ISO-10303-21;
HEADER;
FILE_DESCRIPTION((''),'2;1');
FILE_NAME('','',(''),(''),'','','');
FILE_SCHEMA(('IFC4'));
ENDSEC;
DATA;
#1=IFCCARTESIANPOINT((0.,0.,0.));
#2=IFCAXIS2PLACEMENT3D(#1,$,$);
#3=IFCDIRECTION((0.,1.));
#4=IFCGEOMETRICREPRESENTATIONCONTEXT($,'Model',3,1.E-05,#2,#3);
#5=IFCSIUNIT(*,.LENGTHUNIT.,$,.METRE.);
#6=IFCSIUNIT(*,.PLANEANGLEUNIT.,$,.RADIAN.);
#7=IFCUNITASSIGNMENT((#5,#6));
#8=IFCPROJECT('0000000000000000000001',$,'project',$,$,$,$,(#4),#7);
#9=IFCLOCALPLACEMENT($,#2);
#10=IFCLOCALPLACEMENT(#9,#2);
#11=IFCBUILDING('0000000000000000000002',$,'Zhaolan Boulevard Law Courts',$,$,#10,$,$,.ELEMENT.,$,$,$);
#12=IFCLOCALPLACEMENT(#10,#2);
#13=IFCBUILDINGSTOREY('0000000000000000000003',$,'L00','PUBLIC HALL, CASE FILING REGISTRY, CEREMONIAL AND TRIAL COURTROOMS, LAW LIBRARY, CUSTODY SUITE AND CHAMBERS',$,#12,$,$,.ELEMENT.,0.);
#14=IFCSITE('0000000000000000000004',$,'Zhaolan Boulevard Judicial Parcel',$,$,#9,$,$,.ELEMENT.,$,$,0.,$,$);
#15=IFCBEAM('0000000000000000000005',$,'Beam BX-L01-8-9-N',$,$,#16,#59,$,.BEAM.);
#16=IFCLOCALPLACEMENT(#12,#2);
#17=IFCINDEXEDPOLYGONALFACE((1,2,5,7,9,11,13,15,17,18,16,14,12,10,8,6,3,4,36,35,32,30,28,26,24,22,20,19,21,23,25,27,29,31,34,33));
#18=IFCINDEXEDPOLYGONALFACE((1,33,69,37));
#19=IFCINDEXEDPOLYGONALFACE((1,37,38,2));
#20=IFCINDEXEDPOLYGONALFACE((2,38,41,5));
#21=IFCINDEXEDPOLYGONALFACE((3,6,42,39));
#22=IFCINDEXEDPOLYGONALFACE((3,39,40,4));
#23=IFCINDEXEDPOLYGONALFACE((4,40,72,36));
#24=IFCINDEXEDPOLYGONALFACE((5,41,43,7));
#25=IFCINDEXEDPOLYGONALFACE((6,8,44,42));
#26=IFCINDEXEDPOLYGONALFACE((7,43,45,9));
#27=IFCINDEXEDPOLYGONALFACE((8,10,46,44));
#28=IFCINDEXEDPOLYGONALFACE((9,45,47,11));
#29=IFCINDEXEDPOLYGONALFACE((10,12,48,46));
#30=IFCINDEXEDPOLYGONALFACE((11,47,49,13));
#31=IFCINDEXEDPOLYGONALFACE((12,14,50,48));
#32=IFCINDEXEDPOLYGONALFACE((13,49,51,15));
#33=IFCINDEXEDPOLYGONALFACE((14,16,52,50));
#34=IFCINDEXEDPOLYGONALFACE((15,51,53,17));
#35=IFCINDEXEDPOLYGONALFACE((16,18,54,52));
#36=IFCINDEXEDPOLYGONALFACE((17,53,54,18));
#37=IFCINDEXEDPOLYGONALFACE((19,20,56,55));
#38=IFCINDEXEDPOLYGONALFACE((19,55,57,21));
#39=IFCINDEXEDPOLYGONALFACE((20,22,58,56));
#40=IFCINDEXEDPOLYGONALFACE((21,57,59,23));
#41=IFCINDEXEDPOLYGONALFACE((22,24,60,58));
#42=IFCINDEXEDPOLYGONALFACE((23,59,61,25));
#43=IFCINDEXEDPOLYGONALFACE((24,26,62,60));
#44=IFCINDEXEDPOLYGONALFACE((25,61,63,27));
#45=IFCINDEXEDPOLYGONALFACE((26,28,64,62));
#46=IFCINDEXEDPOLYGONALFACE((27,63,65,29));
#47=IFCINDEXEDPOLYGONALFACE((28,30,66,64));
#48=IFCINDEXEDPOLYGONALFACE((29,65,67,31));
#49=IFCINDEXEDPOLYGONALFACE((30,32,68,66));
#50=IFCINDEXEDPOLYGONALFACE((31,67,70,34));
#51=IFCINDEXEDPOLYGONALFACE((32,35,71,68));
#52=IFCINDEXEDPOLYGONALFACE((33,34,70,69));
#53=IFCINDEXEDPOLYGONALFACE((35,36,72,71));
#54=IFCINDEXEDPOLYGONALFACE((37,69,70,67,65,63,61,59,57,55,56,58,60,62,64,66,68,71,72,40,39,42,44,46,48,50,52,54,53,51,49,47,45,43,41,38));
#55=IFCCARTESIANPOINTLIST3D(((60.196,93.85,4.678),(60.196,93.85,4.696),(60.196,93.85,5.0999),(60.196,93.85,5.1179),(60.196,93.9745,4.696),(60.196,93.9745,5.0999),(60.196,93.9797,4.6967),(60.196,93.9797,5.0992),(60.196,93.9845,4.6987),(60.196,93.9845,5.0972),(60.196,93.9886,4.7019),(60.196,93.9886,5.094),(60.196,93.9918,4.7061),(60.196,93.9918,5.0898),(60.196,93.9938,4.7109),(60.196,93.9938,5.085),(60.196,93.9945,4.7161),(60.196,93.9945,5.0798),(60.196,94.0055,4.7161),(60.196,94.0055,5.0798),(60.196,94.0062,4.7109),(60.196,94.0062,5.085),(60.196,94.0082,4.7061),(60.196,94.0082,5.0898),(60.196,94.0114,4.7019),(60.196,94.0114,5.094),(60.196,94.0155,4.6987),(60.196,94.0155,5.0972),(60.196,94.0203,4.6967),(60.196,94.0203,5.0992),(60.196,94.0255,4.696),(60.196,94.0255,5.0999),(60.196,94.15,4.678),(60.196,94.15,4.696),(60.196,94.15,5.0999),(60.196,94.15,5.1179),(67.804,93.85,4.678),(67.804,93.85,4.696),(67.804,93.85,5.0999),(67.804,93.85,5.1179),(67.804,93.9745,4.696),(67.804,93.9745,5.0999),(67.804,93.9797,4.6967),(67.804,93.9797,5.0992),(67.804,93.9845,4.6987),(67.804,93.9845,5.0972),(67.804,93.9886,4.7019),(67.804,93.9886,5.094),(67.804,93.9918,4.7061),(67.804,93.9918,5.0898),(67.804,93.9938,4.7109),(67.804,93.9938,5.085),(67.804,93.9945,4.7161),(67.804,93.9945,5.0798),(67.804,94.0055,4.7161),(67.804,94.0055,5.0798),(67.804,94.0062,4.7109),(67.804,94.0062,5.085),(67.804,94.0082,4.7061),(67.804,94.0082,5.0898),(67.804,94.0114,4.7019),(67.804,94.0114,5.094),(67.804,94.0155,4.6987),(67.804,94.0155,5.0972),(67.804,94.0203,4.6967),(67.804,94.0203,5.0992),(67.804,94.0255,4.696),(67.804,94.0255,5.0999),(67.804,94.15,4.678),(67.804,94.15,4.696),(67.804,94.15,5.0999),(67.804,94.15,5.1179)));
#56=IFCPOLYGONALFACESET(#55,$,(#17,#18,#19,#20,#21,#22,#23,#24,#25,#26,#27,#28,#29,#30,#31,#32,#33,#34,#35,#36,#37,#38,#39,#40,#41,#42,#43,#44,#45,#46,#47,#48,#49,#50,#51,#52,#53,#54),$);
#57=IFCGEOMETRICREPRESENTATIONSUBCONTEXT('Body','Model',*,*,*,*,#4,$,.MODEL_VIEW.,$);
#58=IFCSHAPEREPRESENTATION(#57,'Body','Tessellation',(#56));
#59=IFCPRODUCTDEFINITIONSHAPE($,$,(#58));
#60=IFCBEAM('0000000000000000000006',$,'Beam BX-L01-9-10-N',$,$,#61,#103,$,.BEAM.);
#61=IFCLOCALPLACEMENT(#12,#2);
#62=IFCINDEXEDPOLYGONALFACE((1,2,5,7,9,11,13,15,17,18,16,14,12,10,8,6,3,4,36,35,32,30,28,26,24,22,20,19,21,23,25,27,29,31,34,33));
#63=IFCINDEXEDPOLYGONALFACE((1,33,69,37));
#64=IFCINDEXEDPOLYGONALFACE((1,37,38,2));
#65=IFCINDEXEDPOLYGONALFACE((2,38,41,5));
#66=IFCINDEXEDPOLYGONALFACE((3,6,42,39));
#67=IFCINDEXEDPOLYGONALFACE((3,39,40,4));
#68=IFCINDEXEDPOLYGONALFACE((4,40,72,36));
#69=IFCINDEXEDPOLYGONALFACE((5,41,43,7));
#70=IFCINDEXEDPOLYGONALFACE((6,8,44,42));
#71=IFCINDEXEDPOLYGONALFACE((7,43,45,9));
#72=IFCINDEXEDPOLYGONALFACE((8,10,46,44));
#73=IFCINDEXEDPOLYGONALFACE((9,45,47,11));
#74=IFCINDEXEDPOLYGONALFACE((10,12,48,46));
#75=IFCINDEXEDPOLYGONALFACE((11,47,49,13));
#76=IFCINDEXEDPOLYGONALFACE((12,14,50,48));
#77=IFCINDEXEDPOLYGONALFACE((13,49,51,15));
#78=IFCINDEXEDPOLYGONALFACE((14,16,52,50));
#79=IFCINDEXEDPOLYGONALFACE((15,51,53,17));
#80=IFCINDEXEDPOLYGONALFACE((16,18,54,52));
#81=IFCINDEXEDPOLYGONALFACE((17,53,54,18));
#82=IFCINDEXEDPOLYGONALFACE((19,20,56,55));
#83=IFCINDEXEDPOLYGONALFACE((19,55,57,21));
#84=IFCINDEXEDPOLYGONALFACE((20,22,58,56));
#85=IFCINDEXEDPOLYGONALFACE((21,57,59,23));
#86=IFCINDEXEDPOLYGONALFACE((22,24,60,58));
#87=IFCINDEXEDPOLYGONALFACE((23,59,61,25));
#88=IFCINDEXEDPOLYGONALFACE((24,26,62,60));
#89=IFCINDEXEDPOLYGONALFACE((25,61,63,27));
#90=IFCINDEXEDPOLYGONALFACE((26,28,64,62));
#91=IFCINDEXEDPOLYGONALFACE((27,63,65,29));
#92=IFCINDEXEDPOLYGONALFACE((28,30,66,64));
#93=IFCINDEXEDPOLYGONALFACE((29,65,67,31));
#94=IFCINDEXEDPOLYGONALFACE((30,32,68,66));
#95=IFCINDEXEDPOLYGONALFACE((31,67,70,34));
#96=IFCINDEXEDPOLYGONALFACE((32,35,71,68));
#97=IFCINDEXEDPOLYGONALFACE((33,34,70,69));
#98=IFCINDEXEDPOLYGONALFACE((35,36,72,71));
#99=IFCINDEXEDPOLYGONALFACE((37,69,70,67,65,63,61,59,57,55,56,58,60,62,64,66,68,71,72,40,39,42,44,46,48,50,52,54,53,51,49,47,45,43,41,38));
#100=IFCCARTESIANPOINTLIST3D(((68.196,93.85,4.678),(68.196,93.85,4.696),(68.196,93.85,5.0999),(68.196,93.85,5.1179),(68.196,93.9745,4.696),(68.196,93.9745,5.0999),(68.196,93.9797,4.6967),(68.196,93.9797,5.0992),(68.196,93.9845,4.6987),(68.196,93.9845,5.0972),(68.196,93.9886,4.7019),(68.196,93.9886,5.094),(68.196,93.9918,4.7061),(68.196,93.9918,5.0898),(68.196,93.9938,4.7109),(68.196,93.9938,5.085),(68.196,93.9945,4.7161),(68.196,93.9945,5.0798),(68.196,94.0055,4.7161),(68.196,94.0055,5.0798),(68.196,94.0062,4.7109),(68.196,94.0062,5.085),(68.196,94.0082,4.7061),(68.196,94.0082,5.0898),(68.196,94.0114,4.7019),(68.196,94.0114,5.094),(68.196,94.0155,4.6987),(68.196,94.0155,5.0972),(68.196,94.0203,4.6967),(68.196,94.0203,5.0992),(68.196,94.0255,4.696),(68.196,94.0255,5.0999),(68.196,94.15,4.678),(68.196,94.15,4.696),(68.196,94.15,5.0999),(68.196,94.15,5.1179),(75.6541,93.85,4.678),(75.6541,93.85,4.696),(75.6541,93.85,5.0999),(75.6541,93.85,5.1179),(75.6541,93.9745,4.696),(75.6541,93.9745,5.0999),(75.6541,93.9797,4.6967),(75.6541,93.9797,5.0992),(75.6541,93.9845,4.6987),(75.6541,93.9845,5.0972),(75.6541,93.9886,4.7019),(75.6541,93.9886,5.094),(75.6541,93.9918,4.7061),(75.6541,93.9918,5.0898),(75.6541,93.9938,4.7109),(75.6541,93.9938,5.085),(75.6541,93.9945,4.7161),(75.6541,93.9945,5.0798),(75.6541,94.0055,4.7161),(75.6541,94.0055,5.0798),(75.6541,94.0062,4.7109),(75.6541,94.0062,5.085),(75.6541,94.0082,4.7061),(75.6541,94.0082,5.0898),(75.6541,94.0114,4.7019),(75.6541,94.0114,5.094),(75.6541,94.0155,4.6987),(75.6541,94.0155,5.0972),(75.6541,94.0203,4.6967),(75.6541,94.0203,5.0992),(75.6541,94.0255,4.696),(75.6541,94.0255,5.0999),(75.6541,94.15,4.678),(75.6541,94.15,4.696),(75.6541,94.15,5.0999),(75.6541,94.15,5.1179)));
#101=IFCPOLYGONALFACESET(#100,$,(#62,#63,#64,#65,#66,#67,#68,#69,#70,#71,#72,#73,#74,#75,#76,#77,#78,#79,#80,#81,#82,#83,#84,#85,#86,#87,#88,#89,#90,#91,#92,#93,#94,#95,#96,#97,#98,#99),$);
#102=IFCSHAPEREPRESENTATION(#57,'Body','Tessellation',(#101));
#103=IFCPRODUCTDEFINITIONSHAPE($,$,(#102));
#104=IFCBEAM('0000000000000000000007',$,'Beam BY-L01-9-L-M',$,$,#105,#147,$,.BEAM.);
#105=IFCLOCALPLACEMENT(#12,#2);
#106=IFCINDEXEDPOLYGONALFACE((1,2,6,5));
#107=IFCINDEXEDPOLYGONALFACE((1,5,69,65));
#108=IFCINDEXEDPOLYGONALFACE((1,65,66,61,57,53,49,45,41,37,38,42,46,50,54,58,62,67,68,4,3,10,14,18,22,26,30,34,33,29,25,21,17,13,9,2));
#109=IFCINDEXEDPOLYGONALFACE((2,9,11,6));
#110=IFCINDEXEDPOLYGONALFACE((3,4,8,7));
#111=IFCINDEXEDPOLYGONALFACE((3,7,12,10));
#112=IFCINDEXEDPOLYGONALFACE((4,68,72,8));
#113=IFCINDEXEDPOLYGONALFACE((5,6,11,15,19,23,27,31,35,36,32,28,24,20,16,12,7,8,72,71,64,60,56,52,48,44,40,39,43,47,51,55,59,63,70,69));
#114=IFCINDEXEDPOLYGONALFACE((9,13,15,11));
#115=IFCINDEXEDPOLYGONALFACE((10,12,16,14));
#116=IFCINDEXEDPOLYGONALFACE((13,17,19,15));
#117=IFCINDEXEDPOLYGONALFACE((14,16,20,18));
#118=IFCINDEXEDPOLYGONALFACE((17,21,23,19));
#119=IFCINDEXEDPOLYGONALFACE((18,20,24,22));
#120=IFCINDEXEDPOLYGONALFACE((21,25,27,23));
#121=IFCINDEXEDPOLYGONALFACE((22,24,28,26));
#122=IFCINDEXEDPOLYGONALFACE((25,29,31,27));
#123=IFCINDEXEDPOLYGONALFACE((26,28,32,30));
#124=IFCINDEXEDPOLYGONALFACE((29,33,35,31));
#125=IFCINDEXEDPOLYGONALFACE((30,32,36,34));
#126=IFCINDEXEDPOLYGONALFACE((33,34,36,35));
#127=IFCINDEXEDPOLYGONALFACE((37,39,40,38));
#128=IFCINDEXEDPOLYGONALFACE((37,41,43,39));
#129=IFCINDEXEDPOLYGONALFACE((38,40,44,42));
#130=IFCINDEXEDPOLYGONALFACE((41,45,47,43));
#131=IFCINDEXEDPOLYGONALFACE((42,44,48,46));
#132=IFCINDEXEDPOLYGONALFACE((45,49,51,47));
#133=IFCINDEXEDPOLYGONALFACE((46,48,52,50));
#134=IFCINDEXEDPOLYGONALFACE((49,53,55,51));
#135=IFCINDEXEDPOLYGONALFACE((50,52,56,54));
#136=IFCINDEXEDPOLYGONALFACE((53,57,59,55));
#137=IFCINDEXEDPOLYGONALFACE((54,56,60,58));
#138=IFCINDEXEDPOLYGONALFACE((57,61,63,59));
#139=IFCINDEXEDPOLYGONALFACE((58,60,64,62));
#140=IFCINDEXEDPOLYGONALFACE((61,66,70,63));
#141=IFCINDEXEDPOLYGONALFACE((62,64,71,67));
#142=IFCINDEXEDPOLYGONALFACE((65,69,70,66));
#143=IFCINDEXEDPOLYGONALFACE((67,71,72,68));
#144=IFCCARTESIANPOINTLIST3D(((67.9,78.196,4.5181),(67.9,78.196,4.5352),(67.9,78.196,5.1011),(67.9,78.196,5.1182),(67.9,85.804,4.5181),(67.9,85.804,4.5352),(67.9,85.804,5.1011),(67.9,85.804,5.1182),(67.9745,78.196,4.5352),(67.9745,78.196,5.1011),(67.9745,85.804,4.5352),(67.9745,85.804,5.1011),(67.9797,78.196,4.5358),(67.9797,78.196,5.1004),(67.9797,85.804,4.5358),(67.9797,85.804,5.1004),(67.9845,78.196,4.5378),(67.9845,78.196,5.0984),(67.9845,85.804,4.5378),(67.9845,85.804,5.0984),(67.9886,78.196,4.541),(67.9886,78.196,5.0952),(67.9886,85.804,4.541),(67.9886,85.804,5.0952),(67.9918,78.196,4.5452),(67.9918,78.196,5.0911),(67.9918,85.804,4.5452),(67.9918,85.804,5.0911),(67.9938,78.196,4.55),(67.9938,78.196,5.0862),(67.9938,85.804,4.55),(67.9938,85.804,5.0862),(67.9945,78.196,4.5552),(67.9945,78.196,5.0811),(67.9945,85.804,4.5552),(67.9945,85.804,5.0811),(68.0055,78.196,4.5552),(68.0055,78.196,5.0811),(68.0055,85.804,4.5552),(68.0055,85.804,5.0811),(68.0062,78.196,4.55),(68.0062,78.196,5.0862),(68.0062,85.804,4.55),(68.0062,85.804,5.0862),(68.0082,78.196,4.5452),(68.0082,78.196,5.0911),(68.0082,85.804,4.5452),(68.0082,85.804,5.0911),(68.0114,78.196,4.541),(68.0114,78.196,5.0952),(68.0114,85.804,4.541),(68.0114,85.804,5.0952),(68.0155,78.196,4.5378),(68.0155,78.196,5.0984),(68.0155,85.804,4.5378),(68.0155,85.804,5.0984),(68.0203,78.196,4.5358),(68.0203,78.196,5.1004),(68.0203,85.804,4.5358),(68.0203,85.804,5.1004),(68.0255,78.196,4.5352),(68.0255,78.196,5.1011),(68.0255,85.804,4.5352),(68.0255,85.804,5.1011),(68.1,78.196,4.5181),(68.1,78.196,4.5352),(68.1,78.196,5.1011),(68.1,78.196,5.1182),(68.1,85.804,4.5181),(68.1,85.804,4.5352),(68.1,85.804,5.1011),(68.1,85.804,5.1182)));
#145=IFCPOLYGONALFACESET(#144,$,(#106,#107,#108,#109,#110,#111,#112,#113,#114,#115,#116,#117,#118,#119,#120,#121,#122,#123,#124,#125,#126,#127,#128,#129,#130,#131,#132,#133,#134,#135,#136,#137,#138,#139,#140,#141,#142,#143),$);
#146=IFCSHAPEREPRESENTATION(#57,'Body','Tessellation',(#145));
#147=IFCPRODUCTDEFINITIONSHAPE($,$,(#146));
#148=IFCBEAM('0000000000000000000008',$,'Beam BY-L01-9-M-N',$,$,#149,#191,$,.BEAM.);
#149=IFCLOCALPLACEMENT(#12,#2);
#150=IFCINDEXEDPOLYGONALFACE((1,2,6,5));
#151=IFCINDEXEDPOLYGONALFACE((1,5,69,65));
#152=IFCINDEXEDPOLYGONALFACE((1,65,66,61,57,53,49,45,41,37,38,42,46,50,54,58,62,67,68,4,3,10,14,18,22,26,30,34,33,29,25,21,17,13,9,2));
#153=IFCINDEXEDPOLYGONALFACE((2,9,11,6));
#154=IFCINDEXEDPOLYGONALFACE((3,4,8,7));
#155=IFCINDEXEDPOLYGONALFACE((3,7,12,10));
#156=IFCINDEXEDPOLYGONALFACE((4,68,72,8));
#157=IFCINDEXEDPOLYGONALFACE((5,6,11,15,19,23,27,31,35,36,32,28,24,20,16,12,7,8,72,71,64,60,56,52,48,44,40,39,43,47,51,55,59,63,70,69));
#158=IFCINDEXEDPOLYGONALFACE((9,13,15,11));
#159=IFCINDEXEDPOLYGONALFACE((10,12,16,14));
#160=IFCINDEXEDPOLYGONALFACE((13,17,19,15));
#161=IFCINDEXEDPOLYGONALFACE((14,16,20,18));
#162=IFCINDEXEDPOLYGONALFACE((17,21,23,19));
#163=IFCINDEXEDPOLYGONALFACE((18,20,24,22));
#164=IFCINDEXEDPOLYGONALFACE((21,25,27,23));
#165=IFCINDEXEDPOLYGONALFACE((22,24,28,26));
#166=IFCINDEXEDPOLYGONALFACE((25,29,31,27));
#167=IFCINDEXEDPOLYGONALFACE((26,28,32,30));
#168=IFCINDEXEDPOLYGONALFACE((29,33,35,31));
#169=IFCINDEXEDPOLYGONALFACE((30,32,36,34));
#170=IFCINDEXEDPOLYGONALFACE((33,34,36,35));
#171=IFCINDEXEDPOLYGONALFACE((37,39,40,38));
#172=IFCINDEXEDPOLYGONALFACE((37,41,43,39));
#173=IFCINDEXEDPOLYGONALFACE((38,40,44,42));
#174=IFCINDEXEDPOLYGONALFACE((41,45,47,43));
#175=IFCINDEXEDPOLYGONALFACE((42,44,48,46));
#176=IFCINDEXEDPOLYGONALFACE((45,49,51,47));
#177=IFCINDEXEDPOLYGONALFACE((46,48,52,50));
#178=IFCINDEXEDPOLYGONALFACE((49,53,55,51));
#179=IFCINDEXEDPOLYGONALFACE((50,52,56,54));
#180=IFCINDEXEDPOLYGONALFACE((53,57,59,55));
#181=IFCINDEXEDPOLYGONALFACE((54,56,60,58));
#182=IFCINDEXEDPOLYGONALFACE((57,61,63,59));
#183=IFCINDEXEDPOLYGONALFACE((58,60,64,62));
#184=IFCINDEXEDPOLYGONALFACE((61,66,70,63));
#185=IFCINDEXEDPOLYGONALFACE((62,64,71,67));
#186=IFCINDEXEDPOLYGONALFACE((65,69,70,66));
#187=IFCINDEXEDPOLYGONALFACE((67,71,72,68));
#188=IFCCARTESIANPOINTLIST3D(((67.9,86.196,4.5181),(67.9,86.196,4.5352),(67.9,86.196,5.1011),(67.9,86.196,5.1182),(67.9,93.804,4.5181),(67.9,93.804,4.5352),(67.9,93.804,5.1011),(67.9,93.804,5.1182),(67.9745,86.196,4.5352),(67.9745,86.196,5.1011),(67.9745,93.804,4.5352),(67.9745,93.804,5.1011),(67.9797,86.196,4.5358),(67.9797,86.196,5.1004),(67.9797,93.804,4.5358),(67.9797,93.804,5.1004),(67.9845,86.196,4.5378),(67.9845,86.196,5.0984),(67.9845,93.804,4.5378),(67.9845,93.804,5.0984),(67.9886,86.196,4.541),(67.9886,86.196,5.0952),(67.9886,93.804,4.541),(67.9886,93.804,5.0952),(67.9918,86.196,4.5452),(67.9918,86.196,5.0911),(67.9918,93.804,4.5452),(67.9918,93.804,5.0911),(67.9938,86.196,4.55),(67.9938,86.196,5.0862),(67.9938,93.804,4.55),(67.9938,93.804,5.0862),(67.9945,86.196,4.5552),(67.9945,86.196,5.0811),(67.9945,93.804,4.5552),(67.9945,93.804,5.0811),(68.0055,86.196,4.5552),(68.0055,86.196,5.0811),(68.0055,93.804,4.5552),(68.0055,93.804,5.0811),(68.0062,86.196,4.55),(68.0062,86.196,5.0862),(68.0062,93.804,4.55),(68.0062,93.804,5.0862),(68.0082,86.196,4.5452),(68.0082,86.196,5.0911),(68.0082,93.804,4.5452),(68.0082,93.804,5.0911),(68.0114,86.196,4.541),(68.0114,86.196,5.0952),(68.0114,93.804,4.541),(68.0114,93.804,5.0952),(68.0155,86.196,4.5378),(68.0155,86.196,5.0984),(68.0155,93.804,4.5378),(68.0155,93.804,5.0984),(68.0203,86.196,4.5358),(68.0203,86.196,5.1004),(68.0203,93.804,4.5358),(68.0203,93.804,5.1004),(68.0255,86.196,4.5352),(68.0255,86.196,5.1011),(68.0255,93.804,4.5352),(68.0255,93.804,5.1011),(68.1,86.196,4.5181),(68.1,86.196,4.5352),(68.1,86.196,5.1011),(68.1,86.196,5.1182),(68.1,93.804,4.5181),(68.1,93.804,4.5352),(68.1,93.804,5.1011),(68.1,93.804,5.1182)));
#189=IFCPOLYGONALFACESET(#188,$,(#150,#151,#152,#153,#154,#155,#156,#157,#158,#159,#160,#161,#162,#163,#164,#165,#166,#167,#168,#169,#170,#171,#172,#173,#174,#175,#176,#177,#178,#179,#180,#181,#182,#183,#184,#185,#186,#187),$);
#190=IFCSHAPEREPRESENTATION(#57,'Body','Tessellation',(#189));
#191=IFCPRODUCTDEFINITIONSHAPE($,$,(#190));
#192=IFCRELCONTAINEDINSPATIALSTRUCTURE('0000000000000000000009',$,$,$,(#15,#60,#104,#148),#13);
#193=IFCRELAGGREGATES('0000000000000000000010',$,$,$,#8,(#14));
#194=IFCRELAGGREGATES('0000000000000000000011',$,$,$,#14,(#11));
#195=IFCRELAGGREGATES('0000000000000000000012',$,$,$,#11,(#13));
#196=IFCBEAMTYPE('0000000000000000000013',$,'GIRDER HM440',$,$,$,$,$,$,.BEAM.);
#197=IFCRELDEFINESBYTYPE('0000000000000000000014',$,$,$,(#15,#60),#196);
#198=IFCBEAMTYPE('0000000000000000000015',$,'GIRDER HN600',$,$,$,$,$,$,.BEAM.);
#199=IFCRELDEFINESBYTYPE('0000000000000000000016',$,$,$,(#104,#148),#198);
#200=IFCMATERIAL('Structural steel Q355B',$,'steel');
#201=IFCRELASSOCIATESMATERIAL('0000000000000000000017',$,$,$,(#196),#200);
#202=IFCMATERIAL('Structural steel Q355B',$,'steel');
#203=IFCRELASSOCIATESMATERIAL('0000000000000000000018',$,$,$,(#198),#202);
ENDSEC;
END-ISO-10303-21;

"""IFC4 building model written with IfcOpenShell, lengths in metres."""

from ifc_helpers import new_model, si_unit, direction, frame, origin, origin_2d, place, context, subcontext, project, spatial, i_section, extrude, material, material_profile, profile_set, type_object, element, save


model = new_model("IFC4")

# Units and contexts
model_context = context("Model", 3, precision=1e-05, world=origin(), true_north=direction((0.0, 1.0)))
body_context = subcontext(model_context, "Body", "Model", "MODEL_VIEW")
ifc_project = project(units=[si_unit("LENGTHUNIT", "METRE"), si_unit("PLANEANGLEUNIT", "RADIAN")], contexts=[model_context])

# Site, building, storey
site_placement = place(None, origin())
site = spatial("IfcSite", under=ifc_project, at=site_placement, Name="Zhaolan Boulevard Judicial Parcel", CompositionType="ELEMENT", RefElevation=0.0)
building_placement = place(site_placement, origin())
building = spatial("IfcBuilding", under=site, at=building_placement, Name="Zhaolan Boulevard Law Courts", CompositionType="ELEMENT")
storey_placement = place(building_placement, origin())
storey = spatial("IfcBuildingStorey", under=building, at=storey_placement, Name="L00", Description="PUBLIC HALL, CASE FILING REGISTRY, CEREMONIAL AND TRIAL COURTROOMS, LAW LIBRARY, CUSTODY SUITE AND CHAMBERS", CompositionType="ELEMENT", Elevation=0.0)

# Beams
ifc_material_1 = material(Name="Structural steel Q355B", Category="steel")
ifc_material_profile_1 = material_profile(ifc_material_1, i_section(OverallWidth=0.3, OverallDepth=0.4399, WebThickness=0.011, FlangeThickness=0.0181, FilletRadius=0.02, at=origin_2d()), Name="HM440x300")
ifc_profile_set_1 = profile_set([ifc_material_profile_1], Name="Structural steel Q355B")
beam_type_1 = type_object("IfcBeamType", Name="GIRDER HM440", PredefinedType="BEAM", material=ifc_profile_set_1)
for number, where, z_axis, x_axis, name in (
    (1, (60.196, 94.0, 4.8979), (1.0, 0.0, 0.0), (0.0, 1.0, 0.0), "Beam BX-L01-8-9-N"),
):
    element("IfcBeam", number, at=place(storey_placement, frame(where, z_axis=z_axis, x_axis=x_axis)), inside=storey, type_object=beam_type_1, Name=name, PredefinedType="BEAM", context=body_context, shape_type="SweptSolid", body=[
        extrude(i_section(OverallWidth=0.3, OverallDepth=0.4399, WebThickness=0.011, FlangeThickness=0.0181, FilletRadius=0.02, at=origin_2d()), origin(), (0.0, 0.0, 1.0), 7.6079),
    ])
beam_1_placement = place(storey_placement, frame((68.196, 94.0, 4.8979), z_axis=(1.0, 0.0, 0.0), x_axis=(0.0, 1.0, 0.0)))
element("IfcBeam", 2, at=beam_1_placement, inside=storey, type_object=beam_type_1, Name="Beam BX-L01-9-10-N", PredefinedType="BEAM", context=body_context, shape_type="SweptSolid", body=[
    extrude(i_section(OverallWidth=0.3, OverallDepth=0.4399, WebThickness=0.011, FlangeThickness=0.0181, FilletRadius=0.02, at=origin_2d()), origin(), (0.0, 0.0, 1.0), 7.458),
])
ifc_material_2 = material(Name="Structural steel Q355B", Category="steel")
ifc_material_profile_2 = material_profile(ifc_material_2, i_section(OverallWidth=0.2, OverallDepth=0.6001, WebThickness=0.011, FlangeThickness=0.0171, FilletRadius=0.02, at=origin_2d()), Name="HN600x200")
ifc_profile_set_2 = profile_set([ifc_material_profile_2], Name="Structural steel Q355B")
beam_type_2 = type_object("IfcBeamType", Name="GIRDER HN600", PredefinedType="BEAM", material=ifc_profile_set_2)
for number, where, z_axis, x_axis, name in (
    (3, (68.0, 78.196, 4.8181), (0.0, 1.0, 0.0), (-1.0, 0.0, 0.0), "Beam BY-L01-9-L-M"),
    (4, (68.0, 86.196, 4.8181), (0.0, 1.0, 0.0), (-1.0, 0.0, 0.0), "Beam BY-L01-9-M-N"),
):
    element("IfcBeam", number, at=place(storey_placement, frame(where, z_axis=z_axis, x_axis=x_axis)), inside=storey, type_object=beam_type_2, Name=name, PredefinedType="BEAM", context=body_context, shape_type="SweptSolid", body=[
        extrude(i_section(OverallWidth=0.2, OverallDepth=0.6001, WebThickness=0.011, FlangeThickness=0.0171, FilletRadius=0.02, at=origin_2d()), origin(), (0.0, 0.0, 1.0), 7.6079),
    ])

save(model, "model.ifc")
